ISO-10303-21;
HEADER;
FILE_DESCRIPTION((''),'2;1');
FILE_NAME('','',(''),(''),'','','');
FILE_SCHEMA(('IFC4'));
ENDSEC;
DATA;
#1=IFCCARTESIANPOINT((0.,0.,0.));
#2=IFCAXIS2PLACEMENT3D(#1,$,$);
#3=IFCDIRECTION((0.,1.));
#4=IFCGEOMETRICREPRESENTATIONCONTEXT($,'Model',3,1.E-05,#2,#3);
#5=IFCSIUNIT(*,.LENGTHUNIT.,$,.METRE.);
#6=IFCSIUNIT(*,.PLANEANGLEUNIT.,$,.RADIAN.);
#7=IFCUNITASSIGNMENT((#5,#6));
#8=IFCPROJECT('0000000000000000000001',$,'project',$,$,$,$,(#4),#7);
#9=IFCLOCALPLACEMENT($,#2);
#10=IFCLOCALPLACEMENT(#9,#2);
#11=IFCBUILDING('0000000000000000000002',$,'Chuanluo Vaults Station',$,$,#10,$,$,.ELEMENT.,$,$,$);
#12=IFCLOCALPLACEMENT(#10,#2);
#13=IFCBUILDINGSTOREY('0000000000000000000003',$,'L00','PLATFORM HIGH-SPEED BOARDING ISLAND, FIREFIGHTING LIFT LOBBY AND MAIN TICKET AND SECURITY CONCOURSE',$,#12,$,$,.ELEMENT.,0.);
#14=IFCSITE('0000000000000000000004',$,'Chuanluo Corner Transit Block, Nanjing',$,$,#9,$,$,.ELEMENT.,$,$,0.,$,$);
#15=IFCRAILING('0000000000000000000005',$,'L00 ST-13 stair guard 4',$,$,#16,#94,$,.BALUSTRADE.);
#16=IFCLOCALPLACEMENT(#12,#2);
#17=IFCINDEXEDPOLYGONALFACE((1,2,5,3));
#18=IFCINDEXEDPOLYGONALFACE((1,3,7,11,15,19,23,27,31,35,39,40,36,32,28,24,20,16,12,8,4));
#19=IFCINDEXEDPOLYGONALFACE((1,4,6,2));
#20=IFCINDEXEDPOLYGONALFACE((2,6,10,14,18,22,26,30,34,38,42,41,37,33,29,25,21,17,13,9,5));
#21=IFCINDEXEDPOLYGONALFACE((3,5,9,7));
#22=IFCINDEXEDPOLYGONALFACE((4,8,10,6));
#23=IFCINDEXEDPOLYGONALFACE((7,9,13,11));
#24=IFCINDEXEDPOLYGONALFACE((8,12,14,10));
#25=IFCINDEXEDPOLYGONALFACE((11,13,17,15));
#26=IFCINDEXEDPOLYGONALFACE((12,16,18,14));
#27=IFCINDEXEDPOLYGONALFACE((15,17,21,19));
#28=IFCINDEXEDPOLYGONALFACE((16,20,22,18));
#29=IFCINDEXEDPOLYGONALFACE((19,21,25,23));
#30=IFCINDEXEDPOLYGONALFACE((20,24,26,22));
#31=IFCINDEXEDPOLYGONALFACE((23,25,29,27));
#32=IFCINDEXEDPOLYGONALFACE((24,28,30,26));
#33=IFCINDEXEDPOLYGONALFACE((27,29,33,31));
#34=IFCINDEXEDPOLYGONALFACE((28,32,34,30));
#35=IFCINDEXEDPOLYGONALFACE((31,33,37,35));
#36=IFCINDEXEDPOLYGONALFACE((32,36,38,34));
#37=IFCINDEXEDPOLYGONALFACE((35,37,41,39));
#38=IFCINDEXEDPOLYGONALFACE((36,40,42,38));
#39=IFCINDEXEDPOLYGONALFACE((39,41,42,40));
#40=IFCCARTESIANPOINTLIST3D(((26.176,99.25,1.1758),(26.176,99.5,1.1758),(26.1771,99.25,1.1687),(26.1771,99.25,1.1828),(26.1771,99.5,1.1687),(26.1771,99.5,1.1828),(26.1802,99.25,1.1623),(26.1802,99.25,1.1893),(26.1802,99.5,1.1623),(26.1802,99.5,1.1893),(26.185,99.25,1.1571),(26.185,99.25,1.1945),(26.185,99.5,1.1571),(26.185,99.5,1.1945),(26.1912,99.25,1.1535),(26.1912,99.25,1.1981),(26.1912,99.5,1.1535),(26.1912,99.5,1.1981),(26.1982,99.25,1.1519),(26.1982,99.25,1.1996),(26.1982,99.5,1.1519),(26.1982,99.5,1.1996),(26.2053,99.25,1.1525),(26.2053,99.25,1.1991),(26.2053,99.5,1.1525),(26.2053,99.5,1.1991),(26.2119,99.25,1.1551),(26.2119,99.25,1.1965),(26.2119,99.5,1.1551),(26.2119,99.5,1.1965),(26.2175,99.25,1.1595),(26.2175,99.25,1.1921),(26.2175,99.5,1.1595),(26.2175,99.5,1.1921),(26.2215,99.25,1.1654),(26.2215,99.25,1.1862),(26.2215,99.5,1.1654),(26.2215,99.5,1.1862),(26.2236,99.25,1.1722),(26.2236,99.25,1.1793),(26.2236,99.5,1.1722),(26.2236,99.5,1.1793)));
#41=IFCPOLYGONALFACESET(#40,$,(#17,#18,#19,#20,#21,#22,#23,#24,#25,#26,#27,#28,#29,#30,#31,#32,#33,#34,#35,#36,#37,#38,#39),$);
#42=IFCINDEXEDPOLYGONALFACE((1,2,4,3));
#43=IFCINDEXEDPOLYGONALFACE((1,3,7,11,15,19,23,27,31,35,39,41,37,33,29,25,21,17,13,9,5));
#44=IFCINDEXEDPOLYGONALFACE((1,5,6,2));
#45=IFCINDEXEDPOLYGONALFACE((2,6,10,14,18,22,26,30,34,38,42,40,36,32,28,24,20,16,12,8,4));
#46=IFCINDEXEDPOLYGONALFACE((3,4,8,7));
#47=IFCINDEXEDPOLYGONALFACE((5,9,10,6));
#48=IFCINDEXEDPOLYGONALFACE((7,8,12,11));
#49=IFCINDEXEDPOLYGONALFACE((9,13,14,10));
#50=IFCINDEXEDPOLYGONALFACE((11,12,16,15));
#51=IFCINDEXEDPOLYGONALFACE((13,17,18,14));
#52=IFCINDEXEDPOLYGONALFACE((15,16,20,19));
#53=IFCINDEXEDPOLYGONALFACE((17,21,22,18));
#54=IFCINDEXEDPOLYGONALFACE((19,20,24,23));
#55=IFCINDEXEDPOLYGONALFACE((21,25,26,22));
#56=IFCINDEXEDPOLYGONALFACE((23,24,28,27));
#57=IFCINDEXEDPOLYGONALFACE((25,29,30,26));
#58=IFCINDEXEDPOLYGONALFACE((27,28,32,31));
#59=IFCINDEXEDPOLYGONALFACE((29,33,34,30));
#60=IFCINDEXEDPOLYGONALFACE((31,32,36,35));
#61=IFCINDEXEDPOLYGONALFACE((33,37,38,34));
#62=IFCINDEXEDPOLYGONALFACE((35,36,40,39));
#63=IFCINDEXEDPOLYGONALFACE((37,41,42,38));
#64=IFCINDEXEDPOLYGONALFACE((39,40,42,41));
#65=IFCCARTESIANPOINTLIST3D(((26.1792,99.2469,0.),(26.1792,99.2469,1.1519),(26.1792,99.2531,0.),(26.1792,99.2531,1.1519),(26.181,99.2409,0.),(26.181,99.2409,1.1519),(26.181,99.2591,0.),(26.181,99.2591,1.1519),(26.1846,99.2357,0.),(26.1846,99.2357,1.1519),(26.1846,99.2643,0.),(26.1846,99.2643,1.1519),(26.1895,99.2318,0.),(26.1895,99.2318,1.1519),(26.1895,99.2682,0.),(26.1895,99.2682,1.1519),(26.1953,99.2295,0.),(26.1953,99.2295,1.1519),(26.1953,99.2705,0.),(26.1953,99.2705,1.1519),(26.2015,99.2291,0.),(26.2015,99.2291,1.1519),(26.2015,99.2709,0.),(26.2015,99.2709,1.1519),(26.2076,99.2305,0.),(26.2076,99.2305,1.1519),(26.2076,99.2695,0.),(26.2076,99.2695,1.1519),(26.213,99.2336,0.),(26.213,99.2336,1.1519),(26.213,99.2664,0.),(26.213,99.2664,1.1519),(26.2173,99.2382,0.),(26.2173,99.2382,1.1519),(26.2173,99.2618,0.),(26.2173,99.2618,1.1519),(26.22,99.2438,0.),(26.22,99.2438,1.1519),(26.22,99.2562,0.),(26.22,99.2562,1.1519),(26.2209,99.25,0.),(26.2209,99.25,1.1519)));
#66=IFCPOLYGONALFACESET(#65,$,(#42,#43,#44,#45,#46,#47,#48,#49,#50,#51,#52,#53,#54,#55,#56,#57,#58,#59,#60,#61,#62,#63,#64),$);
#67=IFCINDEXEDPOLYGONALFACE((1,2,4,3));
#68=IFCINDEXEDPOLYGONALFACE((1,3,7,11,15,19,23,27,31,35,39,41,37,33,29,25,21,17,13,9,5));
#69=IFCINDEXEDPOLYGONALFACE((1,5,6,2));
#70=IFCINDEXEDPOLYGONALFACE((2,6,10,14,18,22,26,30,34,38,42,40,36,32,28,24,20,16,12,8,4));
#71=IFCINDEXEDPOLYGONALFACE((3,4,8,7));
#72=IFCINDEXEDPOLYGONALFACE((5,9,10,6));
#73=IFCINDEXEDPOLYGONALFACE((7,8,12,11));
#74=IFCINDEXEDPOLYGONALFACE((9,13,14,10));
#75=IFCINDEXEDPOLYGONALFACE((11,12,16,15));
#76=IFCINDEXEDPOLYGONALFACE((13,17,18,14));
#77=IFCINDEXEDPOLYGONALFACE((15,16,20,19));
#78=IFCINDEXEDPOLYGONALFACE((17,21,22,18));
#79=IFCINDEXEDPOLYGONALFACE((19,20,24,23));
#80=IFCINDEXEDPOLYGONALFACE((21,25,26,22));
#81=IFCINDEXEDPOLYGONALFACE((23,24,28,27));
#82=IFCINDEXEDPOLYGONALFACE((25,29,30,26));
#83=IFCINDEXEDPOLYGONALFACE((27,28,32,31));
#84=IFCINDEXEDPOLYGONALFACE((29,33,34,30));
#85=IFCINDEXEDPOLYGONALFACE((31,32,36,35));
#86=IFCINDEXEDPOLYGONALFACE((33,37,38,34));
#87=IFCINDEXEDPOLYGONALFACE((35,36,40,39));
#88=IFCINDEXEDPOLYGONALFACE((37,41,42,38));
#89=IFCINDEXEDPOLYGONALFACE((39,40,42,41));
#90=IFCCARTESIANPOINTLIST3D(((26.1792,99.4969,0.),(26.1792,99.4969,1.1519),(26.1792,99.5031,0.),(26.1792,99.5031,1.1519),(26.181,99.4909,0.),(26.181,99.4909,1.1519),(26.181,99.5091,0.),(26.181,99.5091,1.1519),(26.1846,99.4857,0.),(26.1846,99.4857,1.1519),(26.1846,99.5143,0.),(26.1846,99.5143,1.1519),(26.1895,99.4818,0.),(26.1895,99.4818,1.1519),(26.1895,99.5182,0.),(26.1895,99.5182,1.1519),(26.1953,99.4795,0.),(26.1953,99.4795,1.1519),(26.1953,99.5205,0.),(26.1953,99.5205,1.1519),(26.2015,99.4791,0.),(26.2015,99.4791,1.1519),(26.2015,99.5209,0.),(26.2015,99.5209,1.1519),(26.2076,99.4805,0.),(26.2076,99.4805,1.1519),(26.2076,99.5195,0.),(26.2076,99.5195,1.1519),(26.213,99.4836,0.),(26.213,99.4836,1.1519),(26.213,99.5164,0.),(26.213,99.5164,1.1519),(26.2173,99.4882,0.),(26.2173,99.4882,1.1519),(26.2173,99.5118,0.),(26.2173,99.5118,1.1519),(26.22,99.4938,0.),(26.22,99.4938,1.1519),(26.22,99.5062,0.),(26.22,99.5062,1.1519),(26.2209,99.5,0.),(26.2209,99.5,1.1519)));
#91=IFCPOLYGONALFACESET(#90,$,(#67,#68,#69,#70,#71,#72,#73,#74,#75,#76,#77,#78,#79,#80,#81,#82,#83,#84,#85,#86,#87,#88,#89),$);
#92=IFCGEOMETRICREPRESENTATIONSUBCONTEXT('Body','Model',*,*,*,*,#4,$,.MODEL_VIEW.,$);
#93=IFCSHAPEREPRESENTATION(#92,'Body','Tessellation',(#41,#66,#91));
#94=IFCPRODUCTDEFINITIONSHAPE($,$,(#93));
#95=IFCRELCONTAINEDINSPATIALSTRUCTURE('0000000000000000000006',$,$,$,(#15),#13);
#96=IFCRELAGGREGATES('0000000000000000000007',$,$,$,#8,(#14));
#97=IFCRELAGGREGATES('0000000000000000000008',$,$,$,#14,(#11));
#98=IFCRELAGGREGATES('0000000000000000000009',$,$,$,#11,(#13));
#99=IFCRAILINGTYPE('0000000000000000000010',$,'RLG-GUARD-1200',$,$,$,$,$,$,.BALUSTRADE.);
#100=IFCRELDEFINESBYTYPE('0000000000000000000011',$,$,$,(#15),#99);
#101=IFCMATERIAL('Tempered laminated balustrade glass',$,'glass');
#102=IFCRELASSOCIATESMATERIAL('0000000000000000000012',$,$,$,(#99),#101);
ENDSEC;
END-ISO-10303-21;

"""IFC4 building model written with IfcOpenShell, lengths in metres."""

from ifc_helpers import new_model, si_unit, direction, frame, origin, origin_2d, place, context, subcontext, project, spatial, circle, extrude, material, type_object, element, save


model = new_model("IFC4")

# Units and contexts
model_context = context("Model", 3, precision=1e-05, world=origin(), true_north=direction((0.0, 1.0)))
body_context = subcontext(model_context, "Body", "Model", "MODEL_VIEW")
ifc_project = project(units=[si_unit("LENGTHUNIT", "METRE"), si_unit("PLANEANGLEUNIT", "RADIAN")], contexts=[model_context])

# Site, building, storey
site_placement = place(None, origin())
site = spatial("IfcSite", under=ifc_project, at=site_placement, Name="Chuanluo Corner Transit Block, Nanjing", CompositionType="ELEMENT", RefElevation=0.0)
building_placement = place(site_placement, origin())
building = spatial("IfcBuilding", under=site, at=building_placement, Name="Chuanluo Vaults Station", CompositionType="ELEMENT")
storey_placement = place(building_placement, origin())
storey = spatial("IfcBuildingStorey", under=building, at=storey_placement, Name="L00", Description="PLATFORM HIGH-SPEED BOARDING ISLAND, FIREFIGHTING LIFT LOBBY AND MAIN TICKET AND SECURITY CONCOURSE", CompositionType="ELEMENT", Elevation=0.0)

# Railing
ifc_material_1 = material(Name="Tempered laminated balustrade glass", Category="glass")
railing_type_1 = type_object("IfcRailingType", Name="RLG-GUARD-1200", PredefinedType="BALUSTRADE", material=ifc_material_1)
railing_1_placement = place(storey_placement, frame((26.2, 99.25, 0.0)))
element("IfcRailing", 1, at=railing_1_placement, inside=storey, type_object=railing_type_1, Name="L00 ST-13 stair guard 4", PredefinedType="BALUSTRADE", context=body_context, shape_type="SweptSolid", body=[
    extrude(circle(Radius=0.0239, at=origin_2d()), frame((0.0, 0.0, 1.1758), z_axis=(0.0, 1.0, 0.0), x_axis=(-1.0, 0.0, 0.0)), (0.0, 0.0, 1.0), 0.25),
    extrude(circle(Radius=0.021, at=origin_2d()), origin(), (0.0, 0.0, 1.0), 1.1519),
    extrude(circle(Radius=0.021, at=origin_2d()), frame((0.0, 0.25, 0.0)), (0.0, 0.0, 1.0), 1.1519),
])

save(model, "model.ifc")
